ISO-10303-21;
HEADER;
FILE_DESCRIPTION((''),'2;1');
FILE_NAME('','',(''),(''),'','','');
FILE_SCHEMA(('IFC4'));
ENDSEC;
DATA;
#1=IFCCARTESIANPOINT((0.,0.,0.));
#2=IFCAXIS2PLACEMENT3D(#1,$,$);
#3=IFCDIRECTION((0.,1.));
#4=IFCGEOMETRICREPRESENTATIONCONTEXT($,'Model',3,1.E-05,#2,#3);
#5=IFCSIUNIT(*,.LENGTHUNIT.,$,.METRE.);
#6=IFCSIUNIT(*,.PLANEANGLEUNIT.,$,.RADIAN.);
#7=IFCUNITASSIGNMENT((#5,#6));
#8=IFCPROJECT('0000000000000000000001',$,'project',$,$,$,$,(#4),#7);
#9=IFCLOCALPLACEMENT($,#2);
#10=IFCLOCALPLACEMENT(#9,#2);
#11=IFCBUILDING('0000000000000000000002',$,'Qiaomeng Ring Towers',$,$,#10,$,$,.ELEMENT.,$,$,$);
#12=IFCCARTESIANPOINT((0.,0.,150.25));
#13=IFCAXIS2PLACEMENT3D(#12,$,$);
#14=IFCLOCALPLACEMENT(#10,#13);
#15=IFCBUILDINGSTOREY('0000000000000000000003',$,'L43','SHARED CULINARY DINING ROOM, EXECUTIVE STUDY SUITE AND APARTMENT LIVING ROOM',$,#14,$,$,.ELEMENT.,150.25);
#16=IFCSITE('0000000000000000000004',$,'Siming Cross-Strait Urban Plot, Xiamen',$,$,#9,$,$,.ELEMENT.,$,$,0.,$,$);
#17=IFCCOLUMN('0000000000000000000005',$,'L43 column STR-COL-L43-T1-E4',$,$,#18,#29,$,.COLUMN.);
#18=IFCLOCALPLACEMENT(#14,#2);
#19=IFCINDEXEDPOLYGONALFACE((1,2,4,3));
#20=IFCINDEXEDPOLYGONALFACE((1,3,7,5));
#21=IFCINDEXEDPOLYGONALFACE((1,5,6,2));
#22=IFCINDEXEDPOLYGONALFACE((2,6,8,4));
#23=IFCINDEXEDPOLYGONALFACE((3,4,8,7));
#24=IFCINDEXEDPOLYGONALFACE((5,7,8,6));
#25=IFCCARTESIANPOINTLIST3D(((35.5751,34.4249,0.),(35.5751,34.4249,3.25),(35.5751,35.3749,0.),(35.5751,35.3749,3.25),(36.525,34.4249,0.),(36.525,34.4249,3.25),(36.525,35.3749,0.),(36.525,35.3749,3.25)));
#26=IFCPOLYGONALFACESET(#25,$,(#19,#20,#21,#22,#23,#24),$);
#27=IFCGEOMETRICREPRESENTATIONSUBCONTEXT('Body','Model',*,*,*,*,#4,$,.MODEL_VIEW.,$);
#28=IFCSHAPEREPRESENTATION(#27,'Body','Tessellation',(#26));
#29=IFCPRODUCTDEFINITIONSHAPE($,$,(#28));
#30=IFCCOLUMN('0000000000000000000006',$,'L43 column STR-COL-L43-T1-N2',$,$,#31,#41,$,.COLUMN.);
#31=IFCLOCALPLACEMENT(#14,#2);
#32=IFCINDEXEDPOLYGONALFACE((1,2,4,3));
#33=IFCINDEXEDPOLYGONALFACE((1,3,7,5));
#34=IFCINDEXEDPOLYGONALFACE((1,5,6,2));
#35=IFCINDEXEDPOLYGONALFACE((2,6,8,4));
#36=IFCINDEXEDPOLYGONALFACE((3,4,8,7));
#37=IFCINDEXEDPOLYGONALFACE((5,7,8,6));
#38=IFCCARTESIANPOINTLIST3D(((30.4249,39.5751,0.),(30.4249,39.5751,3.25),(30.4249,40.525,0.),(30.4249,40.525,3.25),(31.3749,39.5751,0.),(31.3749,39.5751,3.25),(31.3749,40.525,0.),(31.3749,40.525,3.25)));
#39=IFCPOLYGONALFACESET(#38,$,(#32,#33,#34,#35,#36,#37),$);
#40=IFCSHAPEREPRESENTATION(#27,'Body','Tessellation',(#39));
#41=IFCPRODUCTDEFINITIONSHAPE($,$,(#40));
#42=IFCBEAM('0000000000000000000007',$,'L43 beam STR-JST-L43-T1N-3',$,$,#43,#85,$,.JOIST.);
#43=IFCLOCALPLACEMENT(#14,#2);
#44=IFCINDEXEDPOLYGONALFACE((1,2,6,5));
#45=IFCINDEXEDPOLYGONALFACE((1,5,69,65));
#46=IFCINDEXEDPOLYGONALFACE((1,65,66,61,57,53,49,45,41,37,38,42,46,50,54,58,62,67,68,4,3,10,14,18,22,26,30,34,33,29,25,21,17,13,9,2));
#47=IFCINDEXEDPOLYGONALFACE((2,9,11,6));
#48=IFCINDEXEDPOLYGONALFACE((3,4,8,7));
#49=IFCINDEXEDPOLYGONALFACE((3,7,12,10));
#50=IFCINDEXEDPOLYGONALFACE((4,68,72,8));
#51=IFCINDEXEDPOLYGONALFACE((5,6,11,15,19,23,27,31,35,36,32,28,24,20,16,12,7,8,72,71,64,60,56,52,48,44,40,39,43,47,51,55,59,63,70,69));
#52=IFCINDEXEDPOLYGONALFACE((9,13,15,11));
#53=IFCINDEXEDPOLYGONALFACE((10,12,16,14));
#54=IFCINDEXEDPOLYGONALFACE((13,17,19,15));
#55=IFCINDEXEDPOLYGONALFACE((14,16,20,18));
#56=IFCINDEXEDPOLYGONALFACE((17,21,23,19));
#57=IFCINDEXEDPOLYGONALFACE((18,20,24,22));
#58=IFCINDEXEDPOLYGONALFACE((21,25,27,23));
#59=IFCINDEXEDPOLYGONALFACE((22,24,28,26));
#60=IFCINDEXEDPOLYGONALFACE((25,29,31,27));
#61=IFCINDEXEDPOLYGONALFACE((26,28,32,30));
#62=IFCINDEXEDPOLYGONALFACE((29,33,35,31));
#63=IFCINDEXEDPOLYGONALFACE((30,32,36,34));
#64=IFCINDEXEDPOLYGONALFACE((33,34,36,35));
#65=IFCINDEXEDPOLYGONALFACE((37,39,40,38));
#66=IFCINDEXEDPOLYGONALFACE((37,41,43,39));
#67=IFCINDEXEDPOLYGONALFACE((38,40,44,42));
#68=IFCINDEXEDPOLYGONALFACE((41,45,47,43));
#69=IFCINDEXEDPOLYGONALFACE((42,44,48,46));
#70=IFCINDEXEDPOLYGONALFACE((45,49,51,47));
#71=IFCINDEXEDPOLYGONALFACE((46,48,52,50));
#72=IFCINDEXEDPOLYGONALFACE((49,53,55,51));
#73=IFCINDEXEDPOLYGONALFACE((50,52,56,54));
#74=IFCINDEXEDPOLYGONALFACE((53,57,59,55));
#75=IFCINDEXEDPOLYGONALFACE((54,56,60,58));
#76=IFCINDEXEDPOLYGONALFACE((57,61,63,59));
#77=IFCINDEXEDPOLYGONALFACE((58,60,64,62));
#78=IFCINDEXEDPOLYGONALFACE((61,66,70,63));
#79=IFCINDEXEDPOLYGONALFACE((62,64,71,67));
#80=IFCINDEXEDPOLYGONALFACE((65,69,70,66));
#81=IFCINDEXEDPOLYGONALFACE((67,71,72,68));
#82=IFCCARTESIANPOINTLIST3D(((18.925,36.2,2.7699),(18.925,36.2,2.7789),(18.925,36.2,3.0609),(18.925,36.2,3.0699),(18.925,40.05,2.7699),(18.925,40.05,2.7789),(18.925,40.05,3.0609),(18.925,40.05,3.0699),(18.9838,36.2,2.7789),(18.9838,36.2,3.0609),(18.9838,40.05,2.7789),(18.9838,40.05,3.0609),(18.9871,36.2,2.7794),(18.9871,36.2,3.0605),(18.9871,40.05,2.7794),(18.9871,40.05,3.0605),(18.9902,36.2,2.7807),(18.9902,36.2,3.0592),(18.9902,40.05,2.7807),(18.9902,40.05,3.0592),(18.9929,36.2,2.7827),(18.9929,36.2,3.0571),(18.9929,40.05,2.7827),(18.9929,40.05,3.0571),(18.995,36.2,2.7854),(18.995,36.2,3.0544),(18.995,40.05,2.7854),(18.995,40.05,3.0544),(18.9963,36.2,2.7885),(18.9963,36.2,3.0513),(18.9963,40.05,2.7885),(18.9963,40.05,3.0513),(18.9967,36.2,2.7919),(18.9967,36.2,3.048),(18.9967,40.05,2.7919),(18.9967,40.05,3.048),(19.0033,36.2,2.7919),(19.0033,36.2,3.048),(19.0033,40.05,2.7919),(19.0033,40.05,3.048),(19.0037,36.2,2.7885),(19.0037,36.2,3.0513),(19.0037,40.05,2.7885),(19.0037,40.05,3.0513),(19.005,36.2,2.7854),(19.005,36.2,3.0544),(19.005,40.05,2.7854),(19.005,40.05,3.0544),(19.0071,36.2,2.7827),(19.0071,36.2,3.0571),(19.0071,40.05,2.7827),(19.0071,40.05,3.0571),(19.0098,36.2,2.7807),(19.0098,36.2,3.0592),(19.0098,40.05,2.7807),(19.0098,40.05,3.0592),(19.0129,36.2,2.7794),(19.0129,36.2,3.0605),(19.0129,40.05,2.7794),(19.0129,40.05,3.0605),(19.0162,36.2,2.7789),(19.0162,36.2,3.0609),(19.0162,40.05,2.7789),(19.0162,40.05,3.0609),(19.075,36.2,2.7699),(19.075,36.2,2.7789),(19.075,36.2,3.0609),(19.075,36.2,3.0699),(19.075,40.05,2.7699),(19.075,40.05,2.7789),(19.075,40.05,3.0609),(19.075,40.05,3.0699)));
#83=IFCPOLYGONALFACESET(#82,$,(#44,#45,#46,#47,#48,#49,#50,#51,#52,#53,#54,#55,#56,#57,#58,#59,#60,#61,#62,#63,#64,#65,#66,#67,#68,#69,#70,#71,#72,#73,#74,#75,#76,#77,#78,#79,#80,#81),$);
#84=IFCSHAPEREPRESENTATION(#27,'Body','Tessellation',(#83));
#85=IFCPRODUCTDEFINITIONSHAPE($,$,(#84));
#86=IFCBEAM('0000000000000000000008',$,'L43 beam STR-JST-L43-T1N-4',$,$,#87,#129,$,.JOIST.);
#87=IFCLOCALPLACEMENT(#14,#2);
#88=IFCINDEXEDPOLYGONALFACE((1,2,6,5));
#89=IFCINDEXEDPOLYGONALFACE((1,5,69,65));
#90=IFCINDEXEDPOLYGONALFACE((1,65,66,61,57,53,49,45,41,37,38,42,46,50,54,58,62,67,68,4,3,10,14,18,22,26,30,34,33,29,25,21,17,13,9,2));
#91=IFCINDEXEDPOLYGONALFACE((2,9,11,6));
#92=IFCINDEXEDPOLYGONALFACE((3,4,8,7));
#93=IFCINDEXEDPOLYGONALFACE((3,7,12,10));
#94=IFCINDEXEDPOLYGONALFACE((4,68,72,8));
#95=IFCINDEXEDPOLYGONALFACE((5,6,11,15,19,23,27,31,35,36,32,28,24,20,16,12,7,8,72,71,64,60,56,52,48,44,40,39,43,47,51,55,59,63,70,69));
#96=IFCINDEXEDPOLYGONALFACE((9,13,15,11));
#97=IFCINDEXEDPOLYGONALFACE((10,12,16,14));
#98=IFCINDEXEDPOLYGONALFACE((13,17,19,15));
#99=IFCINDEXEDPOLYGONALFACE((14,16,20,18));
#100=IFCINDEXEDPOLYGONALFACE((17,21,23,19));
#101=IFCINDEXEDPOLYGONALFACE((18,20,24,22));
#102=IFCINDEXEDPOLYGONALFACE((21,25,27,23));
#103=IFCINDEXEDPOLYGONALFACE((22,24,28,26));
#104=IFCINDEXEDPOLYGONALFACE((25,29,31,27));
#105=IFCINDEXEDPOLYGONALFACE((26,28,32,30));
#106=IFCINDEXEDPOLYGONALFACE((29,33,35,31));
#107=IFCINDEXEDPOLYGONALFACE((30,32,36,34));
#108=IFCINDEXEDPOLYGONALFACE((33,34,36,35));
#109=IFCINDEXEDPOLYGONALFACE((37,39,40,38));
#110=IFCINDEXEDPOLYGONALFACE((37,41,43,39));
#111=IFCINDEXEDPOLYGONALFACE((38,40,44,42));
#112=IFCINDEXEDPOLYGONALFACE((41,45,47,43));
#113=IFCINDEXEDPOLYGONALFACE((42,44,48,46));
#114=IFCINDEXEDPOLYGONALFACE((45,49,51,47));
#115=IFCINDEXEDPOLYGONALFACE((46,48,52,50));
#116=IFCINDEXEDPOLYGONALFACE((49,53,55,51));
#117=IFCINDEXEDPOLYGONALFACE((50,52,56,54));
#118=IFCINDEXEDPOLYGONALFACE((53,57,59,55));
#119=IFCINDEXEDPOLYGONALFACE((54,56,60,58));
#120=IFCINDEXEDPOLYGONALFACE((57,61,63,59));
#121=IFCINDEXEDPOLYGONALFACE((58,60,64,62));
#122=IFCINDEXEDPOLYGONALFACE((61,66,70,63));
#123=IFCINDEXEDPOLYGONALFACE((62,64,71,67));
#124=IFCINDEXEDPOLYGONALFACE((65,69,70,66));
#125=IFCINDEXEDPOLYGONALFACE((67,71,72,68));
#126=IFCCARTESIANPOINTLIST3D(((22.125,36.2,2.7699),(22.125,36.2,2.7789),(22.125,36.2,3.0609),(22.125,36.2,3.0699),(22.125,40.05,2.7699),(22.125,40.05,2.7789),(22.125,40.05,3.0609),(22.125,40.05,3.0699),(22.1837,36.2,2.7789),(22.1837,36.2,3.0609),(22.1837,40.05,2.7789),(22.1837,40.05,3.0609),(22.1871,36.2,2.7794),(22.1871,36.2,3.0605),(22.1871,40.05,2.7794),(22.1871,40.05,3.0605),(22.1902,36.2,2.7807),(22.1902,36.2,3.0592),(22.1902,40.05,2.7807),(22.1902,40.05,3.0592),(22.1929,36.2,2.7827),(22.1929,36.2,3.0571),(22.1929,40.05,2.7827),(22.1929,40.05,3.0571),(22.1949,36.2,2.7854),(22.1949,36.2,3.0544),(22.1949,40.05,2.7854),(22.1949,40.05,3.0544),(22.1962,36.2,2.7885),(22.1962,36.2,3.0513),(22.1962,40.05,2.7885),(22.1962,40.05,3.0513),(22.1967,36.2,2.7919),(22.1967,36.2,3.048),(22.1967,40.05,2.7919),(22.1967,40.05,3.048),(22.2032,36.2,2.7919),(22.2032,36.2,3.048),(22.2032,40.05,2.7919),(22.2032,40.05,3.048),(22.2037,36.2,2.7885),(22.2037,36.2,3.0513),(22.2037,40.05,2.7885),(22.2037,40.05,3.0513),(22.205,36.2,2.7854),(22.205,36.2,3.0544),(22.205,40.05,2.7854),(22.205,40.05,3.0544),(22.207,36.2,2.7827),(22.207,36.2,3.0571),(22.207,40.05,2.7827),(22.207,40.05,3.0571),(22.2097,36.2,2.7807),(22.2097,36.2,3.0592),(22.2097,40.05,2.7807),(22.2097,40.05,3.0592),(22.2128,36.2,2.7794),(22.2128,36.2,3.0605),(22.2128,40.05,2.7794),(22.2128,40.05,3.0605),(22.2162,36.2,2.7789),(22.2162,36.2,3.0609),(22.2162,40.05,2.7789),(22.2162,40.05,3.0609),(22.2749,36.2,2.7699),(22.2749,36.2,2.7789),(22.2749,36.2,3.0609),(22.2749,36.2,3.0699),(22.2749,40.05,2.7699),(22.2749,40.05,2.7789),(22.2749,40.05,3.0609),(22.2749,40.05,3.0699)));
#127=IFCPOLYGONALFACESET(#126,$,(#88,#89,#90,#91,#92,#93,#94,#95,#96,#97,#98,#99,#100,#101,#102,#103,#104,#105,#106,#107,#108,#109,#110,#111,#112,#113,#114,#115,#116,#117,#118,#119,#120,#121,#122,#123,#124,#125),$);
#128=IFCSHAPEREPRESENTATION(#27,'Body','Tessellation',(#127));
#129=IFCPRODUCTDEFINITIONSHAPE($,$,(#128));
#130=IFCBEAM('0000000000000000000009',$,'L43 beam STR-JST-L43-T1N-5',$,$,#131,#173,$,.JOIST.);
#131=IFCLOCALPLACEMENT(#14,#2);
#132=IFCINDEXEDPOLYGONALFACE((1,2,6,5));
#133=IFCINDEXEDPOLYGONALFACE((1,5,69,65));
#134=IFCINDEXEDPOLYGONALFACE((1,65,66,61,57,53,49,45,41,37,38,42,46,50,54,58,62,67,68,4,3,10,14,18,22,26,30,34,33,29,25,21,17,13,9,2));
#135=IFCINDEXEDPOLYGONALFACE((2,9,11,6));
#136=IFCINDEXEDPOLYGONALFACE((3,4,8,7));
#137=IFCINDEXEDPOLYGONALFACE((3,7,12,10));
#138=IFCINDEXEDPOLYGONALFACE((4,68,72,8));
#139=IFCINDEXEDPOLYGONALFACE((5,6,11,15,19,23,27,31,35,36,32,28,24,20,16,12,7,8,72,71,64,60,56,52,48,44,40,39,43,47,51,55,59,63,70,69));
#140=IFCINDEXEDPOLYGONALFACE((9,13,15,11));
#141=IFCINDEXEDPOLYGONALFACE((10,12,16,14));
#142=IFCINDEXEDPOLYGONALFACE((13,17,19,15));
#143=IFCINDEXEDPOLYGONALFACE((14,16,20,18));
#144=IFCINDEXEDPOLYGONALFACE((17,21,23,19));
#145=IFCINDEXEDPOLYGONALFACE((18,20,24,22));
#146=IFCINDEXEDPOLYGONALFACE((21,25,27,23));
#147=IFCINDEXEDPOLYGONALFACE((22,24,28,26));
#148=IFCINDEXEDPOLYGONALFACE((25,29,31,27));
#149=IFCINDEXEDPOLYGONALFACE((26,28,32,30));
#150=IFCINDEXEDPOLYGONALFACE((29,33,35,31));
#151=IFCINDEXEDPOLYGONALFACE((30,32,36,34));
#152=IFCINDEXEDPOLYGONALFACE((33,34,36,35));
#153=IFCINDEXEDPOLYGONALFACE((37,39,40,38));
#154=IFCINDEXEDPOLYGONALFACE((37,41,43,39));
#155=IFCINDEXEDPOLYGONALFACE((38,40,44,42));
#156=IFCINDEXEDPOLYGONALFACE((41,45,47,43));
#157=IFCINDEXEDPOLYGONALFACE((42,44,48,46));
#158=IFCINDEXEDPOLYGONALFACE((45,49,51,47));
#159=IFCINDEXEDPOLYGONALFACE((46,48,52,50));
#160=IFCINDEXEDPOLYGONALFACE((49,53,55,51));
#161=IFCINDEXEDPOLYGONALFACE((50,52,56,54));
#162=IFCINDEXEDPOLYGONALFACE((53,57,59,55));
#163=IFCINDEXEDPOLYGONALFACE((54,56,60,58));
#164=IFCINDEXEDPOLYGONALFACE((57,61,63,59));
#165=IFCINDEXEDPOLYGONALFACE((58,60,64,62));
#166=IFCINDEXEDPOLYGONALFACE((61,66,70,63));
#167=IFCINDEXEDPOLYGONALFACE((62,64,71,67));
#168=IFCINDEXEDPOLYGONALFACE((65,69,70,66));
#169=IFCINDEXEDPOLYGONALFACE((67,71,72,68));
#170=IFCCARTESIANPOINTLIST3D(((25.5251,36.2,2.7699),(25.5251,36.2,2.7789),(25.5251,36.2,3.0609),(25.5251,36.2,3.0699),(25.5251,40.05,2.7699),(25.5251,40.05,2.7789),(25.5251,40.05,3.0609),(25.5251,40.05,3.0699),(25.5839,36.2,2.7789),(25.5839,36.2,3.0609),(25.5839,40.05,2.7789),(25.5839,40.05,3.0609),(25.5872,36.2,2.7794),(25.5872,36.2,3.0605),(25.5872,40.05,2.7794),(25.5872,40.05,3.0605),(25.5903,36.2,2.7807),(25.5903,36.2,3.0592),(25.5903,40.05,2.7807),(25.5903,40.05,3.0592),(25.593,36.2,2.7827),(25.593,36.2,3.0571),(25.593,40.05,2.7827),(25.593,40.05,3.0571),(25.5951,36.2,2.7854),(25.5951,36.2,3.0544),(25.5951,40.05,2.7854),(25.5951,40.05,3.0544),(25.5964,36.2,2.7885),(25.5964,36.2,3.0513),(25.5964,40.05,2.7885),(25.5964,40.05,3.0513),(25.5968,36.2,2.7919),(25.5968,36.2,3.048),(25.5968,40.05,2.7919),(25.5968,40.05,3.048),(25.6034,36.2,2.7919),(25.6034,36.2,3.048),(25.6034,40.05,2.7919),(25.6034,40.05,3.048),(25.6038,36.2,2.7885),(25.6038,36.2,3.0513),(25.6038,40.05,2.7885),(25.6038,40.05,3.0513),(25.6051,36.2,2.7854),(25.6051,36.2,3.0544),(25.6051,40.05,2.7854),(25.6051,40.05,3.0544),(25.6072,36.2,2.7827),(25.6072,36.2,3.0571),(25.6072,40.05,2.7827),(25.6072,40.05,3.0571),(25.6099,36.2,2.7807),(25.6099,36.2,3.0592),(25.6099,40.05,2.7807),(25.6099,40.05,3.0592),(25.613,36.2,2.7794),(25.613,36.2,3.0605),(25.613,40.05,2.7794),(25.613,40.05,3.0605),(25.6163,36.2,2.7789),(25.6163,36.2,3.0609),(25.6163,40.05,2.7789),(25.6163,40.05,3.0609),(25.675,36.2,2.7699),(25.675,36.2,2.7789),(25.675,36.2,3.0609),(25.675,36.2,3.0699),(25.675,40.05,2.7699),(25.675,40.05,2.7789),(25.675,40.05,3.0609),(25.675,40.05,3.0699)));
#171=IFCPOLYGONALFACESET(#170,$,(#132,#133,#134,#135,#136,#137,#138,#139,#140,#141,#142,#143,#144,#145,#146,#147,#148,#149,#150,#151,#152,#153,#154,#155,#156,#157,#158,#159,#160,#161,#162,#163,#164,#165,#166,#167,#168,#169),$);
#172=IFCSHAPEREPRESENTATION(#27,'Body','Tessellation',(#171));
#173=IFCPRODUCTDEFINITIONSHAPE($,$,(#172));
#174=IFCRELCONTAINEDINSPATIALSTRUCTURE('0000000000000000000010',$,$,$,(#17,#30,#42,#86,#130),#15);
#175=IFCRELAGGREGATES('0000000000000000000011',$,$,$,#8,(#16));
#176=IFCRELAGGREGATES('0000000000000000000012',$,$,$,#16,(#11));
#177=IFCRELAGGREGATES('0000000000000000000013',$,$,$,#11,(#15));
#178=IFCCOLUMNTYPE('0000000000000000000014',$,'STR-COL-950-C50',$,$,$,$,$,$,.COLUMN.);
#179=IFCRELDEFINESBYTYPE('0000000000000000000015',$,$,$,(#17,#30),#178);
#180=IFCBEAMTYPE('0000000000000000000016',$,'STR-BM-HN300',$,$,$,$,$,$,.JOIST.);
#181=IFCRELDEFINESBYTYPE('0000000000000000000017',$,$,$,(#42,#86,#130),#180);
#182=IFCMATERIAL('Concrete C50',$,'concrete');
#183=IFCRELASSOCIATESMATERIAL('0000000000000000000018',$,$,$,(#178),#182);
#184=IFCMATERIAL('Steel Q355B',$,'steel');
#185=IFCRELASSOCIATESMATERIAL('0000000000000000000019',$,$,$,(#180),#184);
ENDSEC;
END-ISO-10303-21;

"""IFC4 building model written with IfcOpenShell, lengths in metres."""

from ifc_helpers import new_model, si_unit, direction, frame, origin, origin_2d, place, context, subcontext, project, spatial, rectangle, i_section, extrude, source, transform, mapped, material, material_profile, profile_set, type_object, element, save


model = new_model("IFC4")

# Units and contexts
model_context = context("Model", 3, precision=1e-05, world=origin(), true_north=direction((0.0, 1.0)))
body_context = subcontext(model_context, "Body", "Model", "MODEL_VIEW")
ifc_project = project(units=[si_unit("LENGTHUNIT", "METRE"), si_unit("PLANEANGLEUNIT", "RADIAN")], contexts=[model_context])

# Site, building, storey
site_placement = place(None, origin())
site = spatial("IfcSite", under=ifc_project, at=site_placement, Name="Siming Cross-Strait Urban Plot, Xiamen", CompositionType="ELEMENT", RefElevation=0.0)
building_placement = place(site_placement, origin())
building = spatial("IfcBuilding", under=site, at=building_placement, Name="Qiaomeng Ring Towers", CompositionType="ELEMENT")
storey_placement = place(building_placement, frame((0.0, 0.0, 150.25)))
storey = spatial("IfcBuildingStorey", under=building, at=storey_placement, Name="L43", Description="SHARED CULINARY DINING ROOM, EXECUTIVE STUDY SUITE AND APARTMENT LIVING ROOM", CompositionType="ELEMENT", Elevation=150.25)

# Columns
ifc_material_1 = material(Name="Concrete C50", Category="concrete")
ifc_material_profile_1 = material_profile(ifc_material_1, rectangle(XDim=0.95, YDim=0.95, at=origin_2d()), Name="RC COL 950x950")
ifc_profile_set_1 = profile_set([ifc_material_profile_1], Name="Concrete C50")
column_type = type_object("IfcColumnType", Name="STR-COL-950-C50", PredefinedType="COLUMN", material=ifc_profile_set_1)
shared_shape_1 = source(origin(), body_context, "Body", "SweptSolid", [
    extrude(rectangle(XDim=0.95, YDim=0.95, at=origin_2d()), origin(), (0.0, 0.0, 1.0), 3.25),
])
for number, where, z_axis, x_axis, name in (
    (1, (36.05, 34.8999, 0.0), (0.0, 0.0, 1.0), (1.0, 0.0, 0.0), "L43 column STR-COL-L43-T1-E4"),
    (2, (30.8999, 40.05, 0.0), (0.0, 0.0, 1.0), (1.0, 0.0, 0.0), "L43 column STR-COL-L43-T1-N2"),
):
    element("IfcColumn", number, at=place(storey_placement, frame(where, z_axis=z_axis, x_axis=x_axis)), inside=storey, type_object=column_type, Name=name, PredefinedType="COLUMN", context=body_context, shape_type="MappedRepresentation", body=[
        mapped(shared_shape_1, transform((0.0, 0.0, 0.0), x_axis=(1.0, 0.0, 0.0), y_axis=(0.0, 1.0, 0.0), z_axis=(0.0, 0.0, 1.0), scale=1.0)),
    ])

# Beams
ifc_material_2 = material(Name="Steel Q355B", Category="steel")
ifc_material_profile_2 = material_profile(ifc_material_2, i_section(OverallWidth=0.1499, OverallDepth=0.3, WebThickness=0.0066, FlangeThickness=0.009, FilletRadius=0.0129, at=origin_2d()), Name="HN 300x150x6.5x9")
ifc_profile_set_2 = profile_set([ifc_material_profile_2], Name="Steel Q355B")
beam_type_1 = type_object("IfcBeamType", Name="STR-BM-HN300", PredefinedType="JOIST", material=ifc_profile_set_2)
shared_shape_2 = source(origin(), body_context, "Body", "SweptSolid", [
    extrude(i_section(OverallWidth=0.1499, OverallDepth=0.3, WebThickness=0.0066, FlangeThickness=0.009, FilletRadius=0.0129, at=origin_2d()), origin(), (0.0, 0.0, 1.0), 3.8501),
])
for number, where, z_axis, x_axis, name in (
    (3, (19.0, 36.2, 2.9199), (0.0, 1.0, 0.0), (-1.0, 0.0, 0.0), "L43 beam STR-JST-L43-T1N-3"),
    (4, (22.2, 36.2, 2.9199), (0.0, 1.0, 0.0), (-1.0, 0.0, 0.0), "L43 beam STR-JST-L43-T1N-4"),
    (5, (25.6001, 36.2, 2.9199), (0.0, 1.0, 0.0), (-1.0, 0.0, 0.0), "L43 beam STR-JST-L43-T1N-5"),
):
    element("IfcBeam", number, at=place(storey_placement, frame(where, z_axis=z_axis, x_axis=x_axis)), inside=storey, type_object=beam_type_1, Name=name, PredefinedType="JOIST", context=body_context, shape_type="MappedRepresentation", body=[
        mapped(shared_shape_2, transform((0.0, 0.0, 0.0), x_axis=(1.0, 0.0, 0.0), y_axis=(0.0, 1.0, 0.0), z_axis=(0.0, 0.0, 1.0), scale=1.0)),
    ])

save(model, "model.ifc")
